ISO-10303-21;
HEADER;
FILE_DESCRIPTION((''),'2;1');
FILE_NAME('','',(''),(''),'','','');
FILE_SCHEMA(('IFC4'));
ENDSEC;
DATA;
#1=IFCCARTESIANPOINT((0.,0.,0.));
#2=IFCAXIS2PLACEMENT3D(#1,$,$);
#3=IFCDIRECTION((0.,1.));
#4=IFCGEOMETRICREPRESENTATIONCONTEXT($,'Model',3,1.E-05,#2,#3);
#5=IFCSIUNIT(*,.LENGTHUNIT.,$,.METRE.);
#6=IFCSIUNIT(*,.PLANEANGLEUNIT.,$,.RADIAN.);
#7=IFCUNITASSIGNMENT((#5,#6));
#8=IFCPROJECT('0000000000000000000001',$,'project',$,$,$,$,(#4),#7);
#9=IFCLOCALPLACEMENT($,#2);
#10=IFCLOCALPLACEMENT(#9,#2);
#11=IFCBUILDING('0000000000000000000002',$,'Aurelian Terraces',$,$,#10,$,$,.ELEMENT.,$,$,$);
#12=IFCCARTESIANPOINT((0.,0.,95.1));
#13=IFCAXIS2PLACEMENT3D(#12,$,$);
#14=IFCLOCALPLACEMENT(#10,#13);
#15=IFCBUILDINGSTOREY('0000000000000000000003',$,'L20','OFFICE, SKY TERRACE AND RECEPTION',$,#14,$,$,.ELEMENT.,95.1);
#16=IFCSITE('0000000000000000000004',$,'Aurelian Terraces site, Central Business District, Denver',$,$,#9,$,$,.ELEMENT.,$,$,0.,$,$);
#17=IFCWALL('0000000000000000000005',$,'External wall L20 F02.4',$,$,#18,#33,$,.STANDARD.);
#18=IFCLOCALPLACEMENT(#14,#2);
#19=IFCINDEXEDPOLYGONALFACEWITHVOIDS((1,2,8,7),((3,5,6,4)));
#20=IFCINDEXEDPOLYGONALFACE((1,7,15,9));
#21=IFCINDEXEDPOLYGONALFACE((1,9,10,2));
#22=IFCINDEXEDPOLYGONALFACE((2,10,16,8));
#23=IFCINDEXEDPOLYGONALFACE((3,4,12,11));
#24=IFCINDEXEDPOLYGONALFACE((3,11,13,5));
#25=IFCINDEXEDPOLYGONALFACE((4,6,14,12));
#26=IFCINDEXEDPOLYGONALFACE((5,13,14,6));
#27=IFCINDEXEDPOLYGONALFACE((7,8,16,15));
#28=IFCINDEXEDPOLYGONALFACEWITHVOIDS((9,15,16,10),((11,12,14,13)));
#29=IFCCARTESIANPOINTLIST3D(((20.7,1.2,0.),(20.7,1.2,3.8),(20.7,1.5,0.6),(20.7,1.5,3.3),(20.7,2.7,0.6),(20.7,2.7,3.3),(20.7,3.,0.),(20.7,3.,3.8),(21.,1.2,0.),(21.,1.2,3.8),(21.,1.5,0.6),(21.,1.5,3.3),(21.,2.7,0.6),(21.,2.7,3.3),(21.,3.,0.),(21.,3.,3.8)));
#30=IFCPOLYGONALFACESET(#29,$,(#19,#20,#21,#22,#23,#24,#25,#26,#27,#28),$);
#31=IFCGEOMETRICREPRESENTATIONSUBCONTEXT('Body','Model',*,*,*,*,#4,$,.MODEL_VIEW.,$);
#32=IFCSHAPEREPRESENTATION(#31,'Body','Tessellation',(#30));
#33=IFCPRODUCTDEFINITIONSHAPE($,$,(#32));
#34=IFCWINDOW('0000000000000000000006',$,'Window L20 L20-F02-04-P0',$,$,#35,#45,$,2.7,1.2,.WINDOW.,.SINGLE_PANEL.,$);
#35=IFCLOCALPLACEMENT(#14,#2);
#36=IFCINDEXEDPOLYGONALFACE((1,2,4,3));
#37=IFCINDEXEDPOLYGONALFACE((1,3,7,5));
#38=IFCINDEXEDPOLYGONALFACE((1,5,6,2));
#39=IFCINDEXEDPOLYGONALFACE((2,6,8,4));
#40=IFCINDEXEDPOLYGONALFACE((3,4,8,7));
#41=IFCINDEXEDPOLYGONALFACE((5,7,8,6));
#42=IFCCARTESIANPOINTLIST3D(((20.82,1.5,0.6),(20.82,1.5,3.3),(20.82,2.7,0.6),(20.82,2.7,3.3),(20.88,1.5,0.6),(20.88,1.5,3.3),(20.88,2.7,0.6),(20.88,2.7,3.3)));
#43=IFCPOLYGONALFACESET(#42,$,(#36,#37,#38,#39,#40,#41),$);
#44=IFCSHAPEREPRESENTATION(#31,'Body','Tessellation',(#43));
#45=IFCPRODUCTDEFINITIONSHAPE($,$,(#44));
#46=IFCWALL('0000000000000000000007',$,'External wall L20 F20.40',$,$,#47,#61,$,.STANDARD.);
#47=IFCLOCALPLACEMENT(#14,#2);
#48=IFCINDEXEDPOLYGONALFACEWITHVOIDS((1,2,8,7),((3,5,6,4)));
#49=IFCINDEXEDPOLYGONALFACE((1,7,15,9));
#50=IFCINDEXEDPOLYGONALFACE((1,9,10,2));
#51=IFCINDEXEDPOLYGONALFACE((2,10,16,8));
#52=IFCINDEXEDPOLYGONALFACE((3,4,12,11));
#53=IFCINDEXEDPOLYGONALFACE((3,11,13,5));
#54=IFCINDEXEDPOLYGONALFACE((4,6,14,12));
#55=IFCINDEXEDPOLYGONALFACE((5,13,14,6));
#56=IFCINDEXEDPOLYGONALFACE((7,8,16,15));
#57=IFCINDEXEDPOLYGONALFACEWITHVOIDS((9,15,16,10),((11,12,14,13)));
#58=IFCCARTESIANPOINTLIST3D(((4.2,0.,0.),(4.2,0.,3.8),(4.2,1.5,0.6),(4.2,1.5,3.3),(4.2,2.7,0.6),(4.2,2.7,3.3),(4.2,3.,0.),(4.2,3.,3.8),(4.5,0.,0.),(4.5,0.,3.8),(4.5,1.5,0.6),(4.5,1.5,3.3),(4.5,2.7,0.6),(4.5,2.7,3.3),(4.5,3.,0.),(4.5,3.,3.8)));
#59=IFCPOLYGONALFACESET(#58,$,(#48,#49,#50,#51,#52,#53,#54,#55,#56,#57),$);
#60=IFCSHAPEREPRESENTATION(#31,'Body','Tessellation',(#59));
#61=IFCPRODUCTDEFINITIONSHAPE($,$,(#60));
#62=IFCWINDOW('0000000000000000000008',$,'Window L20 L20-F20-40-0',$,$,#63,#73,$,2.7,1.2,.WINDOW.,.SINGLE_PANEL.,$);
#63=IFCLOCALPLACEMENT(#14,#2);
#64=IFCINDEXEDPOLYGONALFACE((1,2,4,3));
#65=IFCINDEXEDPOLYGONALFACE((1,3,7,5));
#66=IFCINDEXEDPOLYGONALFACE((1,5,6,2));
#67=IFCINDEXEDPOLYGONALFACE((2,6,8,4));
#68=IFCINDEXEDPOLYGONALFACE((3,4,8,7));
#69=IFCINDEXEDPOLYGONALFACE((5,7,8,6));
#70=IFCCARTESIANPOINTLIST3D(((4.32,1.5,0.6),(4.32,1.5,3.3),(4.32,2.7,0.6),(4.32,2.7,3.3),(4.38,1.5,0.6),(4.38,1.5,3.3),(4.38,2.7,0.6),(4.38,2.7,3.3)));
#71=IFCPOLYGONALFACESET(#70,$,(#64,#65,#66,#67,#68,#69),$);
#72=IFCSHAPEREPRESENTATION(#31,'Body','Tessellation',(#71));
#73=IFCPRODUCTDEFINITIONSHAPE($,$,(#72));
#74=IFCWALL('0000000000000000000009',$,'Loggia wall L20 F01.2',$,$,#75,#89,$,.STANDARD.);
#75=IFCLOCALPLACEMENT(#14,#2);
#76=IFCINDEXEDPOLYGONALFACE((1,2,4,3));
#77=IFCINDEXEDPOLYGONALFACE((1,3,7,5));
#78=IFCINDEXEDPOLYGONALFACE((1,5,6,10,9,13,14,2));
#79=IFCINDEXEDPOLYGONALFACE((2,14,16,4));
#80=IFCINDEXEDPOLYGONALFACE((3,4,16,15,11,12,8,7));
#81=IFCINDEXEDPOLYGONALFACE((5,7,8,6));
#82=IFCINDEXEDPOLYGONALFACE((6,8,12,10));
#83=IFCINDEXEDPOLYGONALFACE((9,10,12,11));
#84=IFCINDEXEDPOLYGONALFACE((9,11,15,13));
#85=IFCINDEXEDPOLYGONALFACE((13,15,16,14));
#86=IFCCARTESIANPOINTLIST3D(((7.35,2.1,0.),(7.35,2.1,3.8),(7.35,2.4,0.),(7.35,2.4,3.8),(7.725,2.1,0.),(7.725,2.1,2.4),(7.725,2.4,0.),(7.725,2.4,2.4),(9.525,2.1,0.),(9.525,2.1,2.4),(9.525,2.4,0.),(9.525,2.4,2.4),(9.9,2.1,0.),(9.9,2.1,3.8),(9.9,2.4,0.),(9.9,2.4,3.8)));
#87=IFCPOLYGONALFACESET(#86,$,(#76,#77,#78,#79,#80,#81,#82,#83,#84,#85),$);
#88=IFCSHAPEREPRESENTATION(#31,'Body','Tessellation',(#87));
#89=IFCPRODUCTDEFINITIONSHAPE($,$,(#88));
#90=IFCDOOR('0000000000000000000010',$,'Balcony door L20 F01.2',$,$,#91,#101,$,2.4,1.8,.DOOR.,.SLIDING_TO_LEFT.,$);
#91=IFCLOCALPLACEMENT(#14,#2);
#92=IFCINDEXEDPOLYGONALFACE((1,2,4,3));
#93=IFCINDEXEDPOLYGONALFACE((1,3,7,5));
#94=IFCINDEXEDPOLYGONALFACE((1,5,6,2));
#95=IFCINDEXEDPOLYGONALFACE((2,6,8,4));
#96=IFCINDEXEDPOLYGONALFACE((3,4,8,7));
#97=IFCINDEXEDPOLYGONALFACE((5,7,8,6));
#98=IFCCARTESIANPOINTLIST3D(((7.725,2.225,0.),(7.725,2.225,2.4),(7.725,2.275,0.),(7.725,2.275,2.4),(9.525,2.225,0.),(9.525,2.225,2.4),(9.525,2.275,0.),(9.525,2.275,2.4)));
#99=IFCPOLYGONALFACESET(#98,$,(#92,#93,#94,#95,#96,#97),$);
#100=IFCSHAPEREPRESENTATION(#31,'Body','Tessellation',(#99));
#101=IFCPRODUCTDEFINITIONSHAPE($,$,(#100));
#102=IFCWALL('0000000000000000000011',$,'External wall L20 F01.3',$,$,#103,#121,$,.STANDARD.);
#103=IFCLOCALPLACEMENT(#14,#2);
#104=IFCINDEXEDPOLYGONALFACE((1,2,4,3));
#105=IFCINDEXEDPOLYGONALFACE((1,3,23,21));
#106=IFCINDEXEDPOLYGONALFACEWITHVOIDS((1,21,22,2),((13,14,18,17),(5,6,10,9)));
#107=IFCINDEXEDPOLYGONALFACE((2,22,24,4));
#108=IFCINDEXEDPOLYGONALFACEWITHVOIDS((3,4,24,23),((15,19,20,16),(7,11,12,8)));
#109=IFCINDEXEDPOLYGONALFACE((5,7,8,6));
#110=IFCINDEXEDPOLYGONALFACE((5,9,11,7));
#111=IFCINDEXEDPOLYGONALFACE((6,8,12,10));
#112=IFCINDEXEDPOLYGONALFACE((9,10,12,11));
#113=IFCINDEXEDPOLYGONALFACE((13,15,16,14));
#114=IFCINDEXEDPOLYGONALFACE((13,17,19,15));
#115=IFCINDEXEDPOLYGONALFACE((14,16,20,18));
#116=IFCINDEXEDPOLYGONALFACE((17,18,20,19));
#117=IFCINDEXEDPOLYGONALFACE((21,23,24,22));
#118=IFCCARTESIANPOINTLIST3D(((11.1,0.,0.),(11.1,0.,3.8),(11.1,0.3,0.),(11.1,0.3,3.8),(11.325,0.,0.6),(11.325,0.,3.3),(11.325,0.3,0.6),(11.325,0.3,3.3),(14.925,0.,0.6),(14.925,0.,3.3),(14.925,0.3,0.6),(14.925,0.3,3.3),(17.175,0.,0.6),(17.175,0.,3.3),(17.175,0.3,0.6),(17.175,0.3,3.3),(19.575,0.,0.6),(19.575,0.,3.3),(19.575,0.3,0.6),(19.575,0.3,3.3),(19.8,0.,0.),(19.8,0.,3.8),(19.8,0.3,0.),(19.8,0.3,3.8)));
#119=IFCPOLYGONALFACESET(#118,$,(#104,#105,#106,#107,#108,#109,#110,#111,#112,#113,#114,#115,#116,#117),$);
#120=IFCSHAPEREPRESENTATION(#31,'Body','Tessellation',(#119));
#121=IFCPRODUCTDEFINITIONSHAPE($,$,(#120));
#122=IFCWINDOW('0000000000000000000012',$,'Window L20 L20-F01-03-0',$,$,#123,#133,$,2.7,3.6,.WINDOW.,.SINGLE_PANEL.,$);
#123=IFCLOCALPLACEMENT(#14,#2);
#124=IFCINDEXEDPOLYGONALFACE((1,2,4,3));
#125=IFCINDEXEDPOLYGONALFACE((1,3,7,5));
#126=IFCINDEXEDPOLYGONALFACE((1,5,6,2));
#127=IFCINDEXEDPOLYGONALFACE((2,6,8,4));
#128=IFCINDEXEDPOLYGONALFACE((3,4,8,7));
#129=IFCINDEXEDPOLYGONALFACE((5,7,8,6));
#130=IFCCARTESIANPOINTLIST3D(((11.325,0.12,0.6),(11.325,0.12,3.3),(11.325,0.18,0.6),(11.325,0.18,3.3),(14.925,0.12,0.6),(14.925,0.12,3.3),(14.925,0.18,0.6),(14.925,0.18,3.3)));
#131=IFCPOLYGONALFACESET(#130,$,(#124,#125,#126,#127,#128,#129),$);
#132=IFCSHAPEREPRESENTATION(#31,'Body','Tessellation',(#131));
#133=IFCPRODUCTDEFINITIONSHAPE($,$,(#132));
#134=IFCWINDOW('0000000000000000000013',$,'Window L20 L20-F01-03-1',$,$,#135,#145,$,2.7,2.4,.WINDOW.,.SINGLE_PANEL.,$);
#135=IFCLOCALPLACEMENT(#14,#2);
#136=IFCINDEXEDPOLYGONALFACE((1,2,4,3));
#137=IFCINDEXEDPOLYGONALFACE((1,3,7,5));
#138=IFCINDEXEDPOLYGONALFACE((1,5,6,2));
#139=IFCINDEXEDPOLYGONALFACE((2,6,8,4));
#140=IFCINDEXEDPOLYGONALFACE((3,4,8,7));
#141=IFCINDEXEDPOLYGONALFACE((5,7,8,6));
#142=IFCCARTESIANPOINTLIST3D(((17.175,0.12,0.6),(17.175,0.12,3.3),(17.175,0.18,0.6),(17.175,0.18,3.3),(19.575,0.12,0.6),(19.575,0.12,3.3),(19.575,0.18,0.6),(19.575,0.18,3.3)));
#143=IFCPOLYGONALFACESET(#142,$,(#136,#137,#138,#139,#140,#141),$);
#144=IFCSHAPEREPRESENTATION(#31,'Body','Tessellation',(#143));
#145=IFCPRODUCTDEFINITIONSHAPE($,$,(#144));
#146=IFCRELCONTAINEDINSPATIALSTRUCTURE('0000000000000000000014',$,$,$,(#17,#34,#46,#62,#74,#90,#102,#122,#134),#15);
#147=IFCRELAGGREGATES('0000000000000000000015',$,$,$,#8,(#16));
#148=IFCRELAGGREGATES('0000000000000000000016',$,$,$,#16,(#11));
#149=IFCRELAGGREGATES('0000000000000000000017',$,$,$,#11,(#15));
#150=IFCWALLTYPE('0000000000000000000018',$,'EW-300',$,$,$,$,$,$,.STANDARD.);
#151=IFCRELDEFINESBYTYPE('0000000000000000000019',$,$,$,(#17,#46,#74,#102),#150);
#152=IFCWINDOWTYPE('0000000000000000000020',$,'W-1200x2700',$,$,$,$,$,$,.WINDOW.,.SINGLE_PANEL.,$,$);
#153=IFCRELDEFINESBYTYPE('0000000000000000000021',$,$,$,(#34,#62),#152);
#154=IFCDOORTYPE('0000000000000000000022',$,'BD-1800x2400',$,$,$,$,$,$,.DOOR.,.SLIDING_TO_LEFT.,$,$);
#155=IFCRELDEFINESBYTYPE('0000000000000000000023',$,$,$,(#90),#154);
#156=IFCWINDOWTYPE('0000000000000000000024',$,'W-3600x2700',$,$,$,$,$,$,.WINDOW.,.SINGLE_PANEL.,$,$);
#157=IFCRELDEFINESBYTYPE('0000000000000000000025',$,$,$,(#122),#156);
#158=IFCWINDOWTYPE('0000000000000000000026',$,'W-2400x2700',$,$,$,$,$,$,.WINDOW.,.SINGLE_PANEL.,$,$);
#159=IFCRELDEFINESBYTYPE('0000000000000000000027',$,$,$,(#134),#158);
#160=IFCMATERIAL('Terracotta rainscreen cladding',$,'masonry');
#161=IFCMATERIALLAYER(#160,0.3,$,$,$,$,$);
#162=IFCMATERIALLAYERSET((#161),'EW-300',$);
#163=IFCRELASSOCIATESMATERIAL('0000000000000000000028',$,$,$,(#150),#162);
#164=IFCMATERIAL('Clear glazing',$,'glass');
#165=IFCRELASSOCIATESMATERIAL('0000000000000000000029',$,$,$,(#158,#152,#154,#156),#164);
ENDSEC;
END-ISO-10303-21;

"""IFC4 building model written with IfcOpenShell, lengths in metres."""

from ifc_helpers import new_model, si_unit, direction, frame, frame_2d, origin, place, context, subcontext, project, spatial, rectangle, extrude, source, transform, mapped, material, layer, layer_set, type_object, element, fill, save


model = new_model("IFC4")

# Units and contexts
model_context = context("Model", 3, precision=1e-05, world=origin(), true_north=direction((0.0, 1.0)))
body_context = subcontext(model_context, "Body", "Model", "MODEL_VIEW")
ifc_project = project(units=[si_unit("LENGTHUNIT", "METRE"), si_unit("PLANEANGLEUNIT", "RADIAN")], contexts=[model_context])

# Site, building, storey
site_placement = place(None, origin())
site = spatial("IfcSite", under=ifc_project, at=site_placement, Name="Aurelian Terraces site, Central Business District, Denver", CompositionType="ELEMENT", RefElevation=0.0)
building_placement = place(site_placement, origin())
building = spatial("IfcBuilding", under=site, at=building_placement, Name="Aurelian Terraces", CompositionType="ELEMENT")
storey_placement = place(building_placement, frame((0.0, 0.0, 95.1)))
storey = spatial("IfcBuildingStorey", under=building, at=storey_placement, Name="L20", Description="OFFICE, SKY TERRACE AND RECEPTION", CompositionType="ELEMENT", Elevation=95.1)

# Shared definitions
ifc_material_1 = material(Name="Terracotta rainscreen cladding", Category="masonry")
ifc_layer_1 = layer(ifc_material_1, 0.3)
ifc_layer_set_1 = layer_set([ifc_layer_1], Name="EW-300")
wall_type_1 = type_object("IfcWallType", Name="EW-300", PredefinedType="STANDARD", material=ifc_layer_set_1)
shared_shape_1 = source(origin(), body_context, "Body", "SweptSolid", [
    extrude(rectangle(XDim=2.4, YDim=2.7, at=frame_2d((1.2, 1.35))), frame((0.0, 0.16, 0.0), z_axis=(0.0, -1.0, 0.0), x_axis=(1.0, 0.0, 0.0)), (0.0, 0.0, 1.0), 0.32),
])
ifc_material_2 = material(Name="Clear glazing", Category="glass")
window_type_1 = type_object("IfcWindowType", Name="W-2400x2700", PartitioningType="SINGLE_PANEL", PredefinedType="WINDOW", material=ifc_material_2)
shared_shape_2 = source(origin(), body_context, "Body", "SweptSolid", [
    extrude(rectangle(XDim=2.4, YDim=2.7, at=frame_2d((1.2, 1.35))), frame((0.0, 0.03, 0.0), z_axis=(0.0, -1.0, 0.0), x_axis=(1.0, 0.0, 0.0)), (0.0, 0.0, 1.0), 0.06),
])

# Walls, openings, windows
shared_shape_3 = source(origin(), body_context, "Body", "SweptSolid", [
    extrude(rectangle(XDim=1.8, YDim=0.3, at=frame_2d((0.9, 0.0))), origin(), (0.0, 0.0, 1.0), 3.8),
])
wall_1_placement = place(storey_placement, frame((20.85, 1.2, 0.0), z_axis=(0.0, 0.0, 1.0), x_axis=(0.0, 1.0, 0.0)))
wall_1 = element("IfcWall", 1, at=wall_1_placement, inside=storey, type_object=wall_type_1, Name="External wall L20 F02.4", PredefinedType="STANDARD", context=body_context, shape_type="MappedRepresentation", body=[
    mapped(shared_shape_3, transform((0.0, 0.0, 0.0), scale=1.0)),
])
shared_shape_4 = source(origin(), body_context, "Body", "SweptSolid", [
    extrude(rectangle(XDim=1.2, YDim=2.7, at=frame_2d((0.6, 1.35))), frame((0.0, 0.16, 0.0), z_axis=(0.0, -1.0, 0.0), x_axis=(1.0, 0.0, 0.0)), (0.0, 0.0, 1.0), 0.32),
])
opening_1_placement = place(wall_1_placement, frame((0.3, 0.0, 0.6)))
opening_1 = element("IfcOpeningElement", 2, at=opening_1_placement, cuts=wall_1, PredefinedType="OPENING", context=body_context, shape_type="MappedRepresentation", body=[
    mapped(shared_shape_4, transform((0.0, 0.0, 0.0), scale=1.0)),
])
window_type_2 = type_object("IfcWindowType", Name="W-1200x2700", PartitioningType="SINGLE_PANEL", PredefinedType="WINDOW", material=ifc_material_2)
shared_shape_5 = source(origin(), body_context, "Body", "SweptSolid", [
    extrude(rectangle(XDim=1.2, YDim=2.7, at=frame_2d((0.6, 1.35))), frame((0.0, 0.03, 0.0), z_axis=(0.0, -1.0, 0.0), x_axis=(1.0, 0.0, 0.0)), (0.0, 0.0, 1.0), 0.06),
])
window_1_placement = place(opening_1_placement, origin())
window_1 = element("IfcWindow", 3, at=window_1_placement, inside=storey, type_object=window_type_2, Name="Window L20 L20-F02-04-P0", OverallHeight=2.7, OverallWidth=1.2, PartitioningType="SINGLE_PANEL", PredefinedType="WINDOW", context=body_context, shape_type="MappedRepresentation", body=[
    mapped(shared_shape_5, transform((0.0, 0.0, 0.0), scale=1.0)),
])
fill(opening_1, window_1)
shared_shape_6 = source(origin(), body_context, "Body", "SweptSolid", [
    extrude(rectangle(XDim=3.0, YDim=0.3, at=frame_2d((1.5, 0.0))), origin(), (0.0, 0.0, 1.0), 3.8),
])
wall_2_placement = place(storey_placement, frame((4.35, 3.0, 0.0), z_axis=(0.0, 0.0, 1.0), x_axis=(0.0, -1.0, 0.0)))
wall_2 = element("IfcWall", 4, at=wall_2_placement, inside=storey, type_object=wall_type_1, Name="External wall L20 F20.40", PredefinedType="STANDARD", context=body_context, shape_type="MappedRepresentation", body=[
    mapped(shared_shape_6, transform((0.0, 0.0, 0.0), scale=1.0)),
])
opening_2_placement = place(wall_2_placement, frame((0.3, 0.0, 0.6)))
opening_2 = element("IfcOpeningElement", 5, at=opening_2_placement, cuts=wall_2, PredefinedType="OPENING", context=body_context, shape_type="MappedRepresentation", body=[
    mapped(shared_shape_4, transform((0.0, 0.0, 0.0), scale=1.0)),
])
window_2_placement = place(opening_2_placement, origin())
window_2 = element("IfcWindow", 6, at=window_2_placement, inside=storey, type_object=window_type_2, Name="Window L20 L20-F20-40-0", OverallHeight=2.7, OverallWidth=1.2, PartitioningType="SINGLE_PANEL", PredefinedType="WINDOW", context=body_context, shape_type="MappedRepresentation", body=[
    mapped(shared_shape_5, transform((0.0, 0.0, 0.0), scale=1.0)),
])
fill(opening_2, window_2)

# Wall, opening, door
shared_shape_7 = source(origin(), body_context, "Body", "SweptSolid", [
    extrude(rectangle(XDim=2.55, YDim=0.3, at=frame_2d((1.275, 0.0))), origin(), (0.0, 0.0, 1.0), 3.8),
])
wall_3_placement = place(storey_placement, frame((7.35, 2.25, 0.0), z_axis=(0.0, 0.0, 1.0), x_axis=(1.0, 0.0, 0.0)))
wall_3 = element("IfcWall", 7, at=wall_3_placement, inside=storey, type_object=wall_type_1, Name="Loggia wall L20 F01.2", PredefinedType="STANDARD", context=body_context, shape_type="MappedRepresentation", body=[
    mapped(shared_shape_7, transform((0.0, 0.0, 0.0), scale=1.0)),
])
shared_shape_8 = source(origin(), body_context, "Body", "SweptSolid", [
    extrude(rectangle(XDim=1.8, YDim=2.4, at=frame_2d((0.9, 1.2))), frame((0.0, 0.16, 0.0), z_axis=(0.0, -1.0, 0.0), x_axis=(1.0, 0.0, 0.0)), (0.0, 0.0, 1.0), 0.32),
])
opening_3_placement = place(wall_3_placement, frame((0.375, 0.0, 0.0)))
opening_3 = element("IfcOpeningElement", 8, at=opening_3_placement, cuts=wall_3, PredefinedType="OPENING", context=body_context, shape_type="MappedRepresentation", body=[
    mapped(shared_shape_8, transform((0.0, 0.0, 0.0), scale=1.0)),
])
door_type_1 = type_object("IfcDoorType", Name="BD-1800x2400", OperationType="SLIDING_TO_LEFT", PredefinedType="DOOR", material=ifc_material_2)
shared_shape_9 = source(origin(), body_context, "Body", "SweptSolid", [
    extrude(rectangle(XDim=1.8, YDim=2.4, at=frame_2d((0.9, 1.2))), frame((0.0, 0.025, 0.0), z_axis=(0.0, -1.0, 0.0), x_axis=(1.0, 0.0, 0.0)), (0.0, 0.0, 1.0), 0.05),
])
door_1_placement = place(opening_3_placement, origin())
door_1 = element("IfcDoor", 9, at=door_1_placement, inside=storey, type_object=door_type_1, Name="Balcony door L20 F01.2", OperationType="SLIDING_TO_LEFT", OverallHeight=2.4, OverallWidth=1.8, PredefinedType="DOOR", context=body_context, shape_type="MappedRepresentation", body=[
    mapped(shared_shape_9, transform((0.0, 0.0, 0.0), scale=1.0)),
])
fill(opening_3, door_1)

# Wall, openings, windows
shared_shape_10 = source(origin(), body_context, "Body", "SweptSolid", [
    extrude(rectangle(XDim=8.7, YDim=0.3, at=frame_2d((4.35, 0.0))), origin(), (0.0, 0.0, 1.0), 3.8),
])
wall_4_placement = place(storey_placement, frame((11.1, 0.15, 0.0), z_axis=(0.0, 0.0, 1.0), x_axis=(1.0, 0.0, 0.0)))
wall_4 = element("IfcWall", 10, at=wall_4_placement, inside=storey, type_object=wall_type_1, Name="External wall L20 F01.3", PredefinedType="STANDARD", context=body_context, shape_type="MappedRepresentation", body=[
    mapped(shared_shape_10, transform((0.0, 0.0, 0.0), scale=1.0)),
])
shared_shape_11 = source(origin(), body_context, "Body", "SweptSolid", [
    extrude(rectangle(XDim=3.6, YDim=2.7, at=frame_2d((1.8, 1.35))), frame((0.0, 0.16, 0.0), z_axis=(0.0, -1.0, 0.0), x_axis=(1.0, 0.0, 0.0)), (0.0, 0.0, 1.0), 0.32),
])
opening_4_placement = place(wall_4_placement, frame((0.225, 0.0, 0.6)))
opening_4 = element("IfcOpeningElement", 11, at=opening_4_placement, cuts=wall_4, PredefinedType="OPENING", context=body_context, shape_type="MappedRepresentation", body=[
    mapped(shared_shape_11, transform((0.0, 0.0, 0.0), scale=1.0)),
])
opening_5_placement = place(wall_4_placement, frame((6.075, 0.0, 0.6)))
opening_5 = element("IfcOpeningElement", 12, at=opening_5_placement, cuts=wall_4, PredefinedType="OPENING", context=body_context, shape_type="MappedRepresentation", body=[
    mapped(shared_shape_1, transform((0.0, 0.0, 0.0), scale=1.0)),
])
window_type_3 = type_object("IfcWindowType", Name="W-3600x2700", PartitioningType="SINGLE_PANEL", PredefinedType="WINDOW", material=ifc_material_2)
shared_shape_12 = source(origin(), body_context, "Body", "SweptSolid", [
    extrude(rectangle(XDim=3.6, YDim=2.7, at=frame_2d((1.8, 1.35))), frame((0.0, 0.03, 0.0), z_axis=(0.0, -1.0, 0.0), x_axis=(1.0, 0.0, 0.0)), (0.0, 0.0, 1.0), 0.06),
])
window_3_placement = place(opening_4_placement, origin())
window_3 = element("IfcWindow", 13, at=window_3_placement, inside=storey, type_object=window_type_3, Name="Window L20 L20-F01-03-0", OverallHeight=2.7, OverallWidth=3.6, PartitioningType="SINGLE_PANEL", PredefinedType="WINDOW", context=body_context, shape_type="MappedRepresentation", body=[
    mapped(shared_shape_12, transform((0.0, 0.0, 0.0), scale=1.0)),
])
fill(opening_4, window_3)
window_4_placement = place(opening_5_placement, origin())
window_4 = element("IfcWindow", 14, at=window_4_placement, inside=storey, type_object=window_type_1, Name="Window L20 L20-F01-03-1", OverallHeight=2.7, OverallWidth=2.4, PartitioningType="SINGLE_PANEL", PredefinedType="WINDOW", context=body_context, shape_type="MappedRepresentation", body=[
    mapped(shared_shape_2, transform((0.0, 0.0, 0.0), scale=1.0)),
])
fill(opening_5, window_4)

save(model, "model.ifc")
